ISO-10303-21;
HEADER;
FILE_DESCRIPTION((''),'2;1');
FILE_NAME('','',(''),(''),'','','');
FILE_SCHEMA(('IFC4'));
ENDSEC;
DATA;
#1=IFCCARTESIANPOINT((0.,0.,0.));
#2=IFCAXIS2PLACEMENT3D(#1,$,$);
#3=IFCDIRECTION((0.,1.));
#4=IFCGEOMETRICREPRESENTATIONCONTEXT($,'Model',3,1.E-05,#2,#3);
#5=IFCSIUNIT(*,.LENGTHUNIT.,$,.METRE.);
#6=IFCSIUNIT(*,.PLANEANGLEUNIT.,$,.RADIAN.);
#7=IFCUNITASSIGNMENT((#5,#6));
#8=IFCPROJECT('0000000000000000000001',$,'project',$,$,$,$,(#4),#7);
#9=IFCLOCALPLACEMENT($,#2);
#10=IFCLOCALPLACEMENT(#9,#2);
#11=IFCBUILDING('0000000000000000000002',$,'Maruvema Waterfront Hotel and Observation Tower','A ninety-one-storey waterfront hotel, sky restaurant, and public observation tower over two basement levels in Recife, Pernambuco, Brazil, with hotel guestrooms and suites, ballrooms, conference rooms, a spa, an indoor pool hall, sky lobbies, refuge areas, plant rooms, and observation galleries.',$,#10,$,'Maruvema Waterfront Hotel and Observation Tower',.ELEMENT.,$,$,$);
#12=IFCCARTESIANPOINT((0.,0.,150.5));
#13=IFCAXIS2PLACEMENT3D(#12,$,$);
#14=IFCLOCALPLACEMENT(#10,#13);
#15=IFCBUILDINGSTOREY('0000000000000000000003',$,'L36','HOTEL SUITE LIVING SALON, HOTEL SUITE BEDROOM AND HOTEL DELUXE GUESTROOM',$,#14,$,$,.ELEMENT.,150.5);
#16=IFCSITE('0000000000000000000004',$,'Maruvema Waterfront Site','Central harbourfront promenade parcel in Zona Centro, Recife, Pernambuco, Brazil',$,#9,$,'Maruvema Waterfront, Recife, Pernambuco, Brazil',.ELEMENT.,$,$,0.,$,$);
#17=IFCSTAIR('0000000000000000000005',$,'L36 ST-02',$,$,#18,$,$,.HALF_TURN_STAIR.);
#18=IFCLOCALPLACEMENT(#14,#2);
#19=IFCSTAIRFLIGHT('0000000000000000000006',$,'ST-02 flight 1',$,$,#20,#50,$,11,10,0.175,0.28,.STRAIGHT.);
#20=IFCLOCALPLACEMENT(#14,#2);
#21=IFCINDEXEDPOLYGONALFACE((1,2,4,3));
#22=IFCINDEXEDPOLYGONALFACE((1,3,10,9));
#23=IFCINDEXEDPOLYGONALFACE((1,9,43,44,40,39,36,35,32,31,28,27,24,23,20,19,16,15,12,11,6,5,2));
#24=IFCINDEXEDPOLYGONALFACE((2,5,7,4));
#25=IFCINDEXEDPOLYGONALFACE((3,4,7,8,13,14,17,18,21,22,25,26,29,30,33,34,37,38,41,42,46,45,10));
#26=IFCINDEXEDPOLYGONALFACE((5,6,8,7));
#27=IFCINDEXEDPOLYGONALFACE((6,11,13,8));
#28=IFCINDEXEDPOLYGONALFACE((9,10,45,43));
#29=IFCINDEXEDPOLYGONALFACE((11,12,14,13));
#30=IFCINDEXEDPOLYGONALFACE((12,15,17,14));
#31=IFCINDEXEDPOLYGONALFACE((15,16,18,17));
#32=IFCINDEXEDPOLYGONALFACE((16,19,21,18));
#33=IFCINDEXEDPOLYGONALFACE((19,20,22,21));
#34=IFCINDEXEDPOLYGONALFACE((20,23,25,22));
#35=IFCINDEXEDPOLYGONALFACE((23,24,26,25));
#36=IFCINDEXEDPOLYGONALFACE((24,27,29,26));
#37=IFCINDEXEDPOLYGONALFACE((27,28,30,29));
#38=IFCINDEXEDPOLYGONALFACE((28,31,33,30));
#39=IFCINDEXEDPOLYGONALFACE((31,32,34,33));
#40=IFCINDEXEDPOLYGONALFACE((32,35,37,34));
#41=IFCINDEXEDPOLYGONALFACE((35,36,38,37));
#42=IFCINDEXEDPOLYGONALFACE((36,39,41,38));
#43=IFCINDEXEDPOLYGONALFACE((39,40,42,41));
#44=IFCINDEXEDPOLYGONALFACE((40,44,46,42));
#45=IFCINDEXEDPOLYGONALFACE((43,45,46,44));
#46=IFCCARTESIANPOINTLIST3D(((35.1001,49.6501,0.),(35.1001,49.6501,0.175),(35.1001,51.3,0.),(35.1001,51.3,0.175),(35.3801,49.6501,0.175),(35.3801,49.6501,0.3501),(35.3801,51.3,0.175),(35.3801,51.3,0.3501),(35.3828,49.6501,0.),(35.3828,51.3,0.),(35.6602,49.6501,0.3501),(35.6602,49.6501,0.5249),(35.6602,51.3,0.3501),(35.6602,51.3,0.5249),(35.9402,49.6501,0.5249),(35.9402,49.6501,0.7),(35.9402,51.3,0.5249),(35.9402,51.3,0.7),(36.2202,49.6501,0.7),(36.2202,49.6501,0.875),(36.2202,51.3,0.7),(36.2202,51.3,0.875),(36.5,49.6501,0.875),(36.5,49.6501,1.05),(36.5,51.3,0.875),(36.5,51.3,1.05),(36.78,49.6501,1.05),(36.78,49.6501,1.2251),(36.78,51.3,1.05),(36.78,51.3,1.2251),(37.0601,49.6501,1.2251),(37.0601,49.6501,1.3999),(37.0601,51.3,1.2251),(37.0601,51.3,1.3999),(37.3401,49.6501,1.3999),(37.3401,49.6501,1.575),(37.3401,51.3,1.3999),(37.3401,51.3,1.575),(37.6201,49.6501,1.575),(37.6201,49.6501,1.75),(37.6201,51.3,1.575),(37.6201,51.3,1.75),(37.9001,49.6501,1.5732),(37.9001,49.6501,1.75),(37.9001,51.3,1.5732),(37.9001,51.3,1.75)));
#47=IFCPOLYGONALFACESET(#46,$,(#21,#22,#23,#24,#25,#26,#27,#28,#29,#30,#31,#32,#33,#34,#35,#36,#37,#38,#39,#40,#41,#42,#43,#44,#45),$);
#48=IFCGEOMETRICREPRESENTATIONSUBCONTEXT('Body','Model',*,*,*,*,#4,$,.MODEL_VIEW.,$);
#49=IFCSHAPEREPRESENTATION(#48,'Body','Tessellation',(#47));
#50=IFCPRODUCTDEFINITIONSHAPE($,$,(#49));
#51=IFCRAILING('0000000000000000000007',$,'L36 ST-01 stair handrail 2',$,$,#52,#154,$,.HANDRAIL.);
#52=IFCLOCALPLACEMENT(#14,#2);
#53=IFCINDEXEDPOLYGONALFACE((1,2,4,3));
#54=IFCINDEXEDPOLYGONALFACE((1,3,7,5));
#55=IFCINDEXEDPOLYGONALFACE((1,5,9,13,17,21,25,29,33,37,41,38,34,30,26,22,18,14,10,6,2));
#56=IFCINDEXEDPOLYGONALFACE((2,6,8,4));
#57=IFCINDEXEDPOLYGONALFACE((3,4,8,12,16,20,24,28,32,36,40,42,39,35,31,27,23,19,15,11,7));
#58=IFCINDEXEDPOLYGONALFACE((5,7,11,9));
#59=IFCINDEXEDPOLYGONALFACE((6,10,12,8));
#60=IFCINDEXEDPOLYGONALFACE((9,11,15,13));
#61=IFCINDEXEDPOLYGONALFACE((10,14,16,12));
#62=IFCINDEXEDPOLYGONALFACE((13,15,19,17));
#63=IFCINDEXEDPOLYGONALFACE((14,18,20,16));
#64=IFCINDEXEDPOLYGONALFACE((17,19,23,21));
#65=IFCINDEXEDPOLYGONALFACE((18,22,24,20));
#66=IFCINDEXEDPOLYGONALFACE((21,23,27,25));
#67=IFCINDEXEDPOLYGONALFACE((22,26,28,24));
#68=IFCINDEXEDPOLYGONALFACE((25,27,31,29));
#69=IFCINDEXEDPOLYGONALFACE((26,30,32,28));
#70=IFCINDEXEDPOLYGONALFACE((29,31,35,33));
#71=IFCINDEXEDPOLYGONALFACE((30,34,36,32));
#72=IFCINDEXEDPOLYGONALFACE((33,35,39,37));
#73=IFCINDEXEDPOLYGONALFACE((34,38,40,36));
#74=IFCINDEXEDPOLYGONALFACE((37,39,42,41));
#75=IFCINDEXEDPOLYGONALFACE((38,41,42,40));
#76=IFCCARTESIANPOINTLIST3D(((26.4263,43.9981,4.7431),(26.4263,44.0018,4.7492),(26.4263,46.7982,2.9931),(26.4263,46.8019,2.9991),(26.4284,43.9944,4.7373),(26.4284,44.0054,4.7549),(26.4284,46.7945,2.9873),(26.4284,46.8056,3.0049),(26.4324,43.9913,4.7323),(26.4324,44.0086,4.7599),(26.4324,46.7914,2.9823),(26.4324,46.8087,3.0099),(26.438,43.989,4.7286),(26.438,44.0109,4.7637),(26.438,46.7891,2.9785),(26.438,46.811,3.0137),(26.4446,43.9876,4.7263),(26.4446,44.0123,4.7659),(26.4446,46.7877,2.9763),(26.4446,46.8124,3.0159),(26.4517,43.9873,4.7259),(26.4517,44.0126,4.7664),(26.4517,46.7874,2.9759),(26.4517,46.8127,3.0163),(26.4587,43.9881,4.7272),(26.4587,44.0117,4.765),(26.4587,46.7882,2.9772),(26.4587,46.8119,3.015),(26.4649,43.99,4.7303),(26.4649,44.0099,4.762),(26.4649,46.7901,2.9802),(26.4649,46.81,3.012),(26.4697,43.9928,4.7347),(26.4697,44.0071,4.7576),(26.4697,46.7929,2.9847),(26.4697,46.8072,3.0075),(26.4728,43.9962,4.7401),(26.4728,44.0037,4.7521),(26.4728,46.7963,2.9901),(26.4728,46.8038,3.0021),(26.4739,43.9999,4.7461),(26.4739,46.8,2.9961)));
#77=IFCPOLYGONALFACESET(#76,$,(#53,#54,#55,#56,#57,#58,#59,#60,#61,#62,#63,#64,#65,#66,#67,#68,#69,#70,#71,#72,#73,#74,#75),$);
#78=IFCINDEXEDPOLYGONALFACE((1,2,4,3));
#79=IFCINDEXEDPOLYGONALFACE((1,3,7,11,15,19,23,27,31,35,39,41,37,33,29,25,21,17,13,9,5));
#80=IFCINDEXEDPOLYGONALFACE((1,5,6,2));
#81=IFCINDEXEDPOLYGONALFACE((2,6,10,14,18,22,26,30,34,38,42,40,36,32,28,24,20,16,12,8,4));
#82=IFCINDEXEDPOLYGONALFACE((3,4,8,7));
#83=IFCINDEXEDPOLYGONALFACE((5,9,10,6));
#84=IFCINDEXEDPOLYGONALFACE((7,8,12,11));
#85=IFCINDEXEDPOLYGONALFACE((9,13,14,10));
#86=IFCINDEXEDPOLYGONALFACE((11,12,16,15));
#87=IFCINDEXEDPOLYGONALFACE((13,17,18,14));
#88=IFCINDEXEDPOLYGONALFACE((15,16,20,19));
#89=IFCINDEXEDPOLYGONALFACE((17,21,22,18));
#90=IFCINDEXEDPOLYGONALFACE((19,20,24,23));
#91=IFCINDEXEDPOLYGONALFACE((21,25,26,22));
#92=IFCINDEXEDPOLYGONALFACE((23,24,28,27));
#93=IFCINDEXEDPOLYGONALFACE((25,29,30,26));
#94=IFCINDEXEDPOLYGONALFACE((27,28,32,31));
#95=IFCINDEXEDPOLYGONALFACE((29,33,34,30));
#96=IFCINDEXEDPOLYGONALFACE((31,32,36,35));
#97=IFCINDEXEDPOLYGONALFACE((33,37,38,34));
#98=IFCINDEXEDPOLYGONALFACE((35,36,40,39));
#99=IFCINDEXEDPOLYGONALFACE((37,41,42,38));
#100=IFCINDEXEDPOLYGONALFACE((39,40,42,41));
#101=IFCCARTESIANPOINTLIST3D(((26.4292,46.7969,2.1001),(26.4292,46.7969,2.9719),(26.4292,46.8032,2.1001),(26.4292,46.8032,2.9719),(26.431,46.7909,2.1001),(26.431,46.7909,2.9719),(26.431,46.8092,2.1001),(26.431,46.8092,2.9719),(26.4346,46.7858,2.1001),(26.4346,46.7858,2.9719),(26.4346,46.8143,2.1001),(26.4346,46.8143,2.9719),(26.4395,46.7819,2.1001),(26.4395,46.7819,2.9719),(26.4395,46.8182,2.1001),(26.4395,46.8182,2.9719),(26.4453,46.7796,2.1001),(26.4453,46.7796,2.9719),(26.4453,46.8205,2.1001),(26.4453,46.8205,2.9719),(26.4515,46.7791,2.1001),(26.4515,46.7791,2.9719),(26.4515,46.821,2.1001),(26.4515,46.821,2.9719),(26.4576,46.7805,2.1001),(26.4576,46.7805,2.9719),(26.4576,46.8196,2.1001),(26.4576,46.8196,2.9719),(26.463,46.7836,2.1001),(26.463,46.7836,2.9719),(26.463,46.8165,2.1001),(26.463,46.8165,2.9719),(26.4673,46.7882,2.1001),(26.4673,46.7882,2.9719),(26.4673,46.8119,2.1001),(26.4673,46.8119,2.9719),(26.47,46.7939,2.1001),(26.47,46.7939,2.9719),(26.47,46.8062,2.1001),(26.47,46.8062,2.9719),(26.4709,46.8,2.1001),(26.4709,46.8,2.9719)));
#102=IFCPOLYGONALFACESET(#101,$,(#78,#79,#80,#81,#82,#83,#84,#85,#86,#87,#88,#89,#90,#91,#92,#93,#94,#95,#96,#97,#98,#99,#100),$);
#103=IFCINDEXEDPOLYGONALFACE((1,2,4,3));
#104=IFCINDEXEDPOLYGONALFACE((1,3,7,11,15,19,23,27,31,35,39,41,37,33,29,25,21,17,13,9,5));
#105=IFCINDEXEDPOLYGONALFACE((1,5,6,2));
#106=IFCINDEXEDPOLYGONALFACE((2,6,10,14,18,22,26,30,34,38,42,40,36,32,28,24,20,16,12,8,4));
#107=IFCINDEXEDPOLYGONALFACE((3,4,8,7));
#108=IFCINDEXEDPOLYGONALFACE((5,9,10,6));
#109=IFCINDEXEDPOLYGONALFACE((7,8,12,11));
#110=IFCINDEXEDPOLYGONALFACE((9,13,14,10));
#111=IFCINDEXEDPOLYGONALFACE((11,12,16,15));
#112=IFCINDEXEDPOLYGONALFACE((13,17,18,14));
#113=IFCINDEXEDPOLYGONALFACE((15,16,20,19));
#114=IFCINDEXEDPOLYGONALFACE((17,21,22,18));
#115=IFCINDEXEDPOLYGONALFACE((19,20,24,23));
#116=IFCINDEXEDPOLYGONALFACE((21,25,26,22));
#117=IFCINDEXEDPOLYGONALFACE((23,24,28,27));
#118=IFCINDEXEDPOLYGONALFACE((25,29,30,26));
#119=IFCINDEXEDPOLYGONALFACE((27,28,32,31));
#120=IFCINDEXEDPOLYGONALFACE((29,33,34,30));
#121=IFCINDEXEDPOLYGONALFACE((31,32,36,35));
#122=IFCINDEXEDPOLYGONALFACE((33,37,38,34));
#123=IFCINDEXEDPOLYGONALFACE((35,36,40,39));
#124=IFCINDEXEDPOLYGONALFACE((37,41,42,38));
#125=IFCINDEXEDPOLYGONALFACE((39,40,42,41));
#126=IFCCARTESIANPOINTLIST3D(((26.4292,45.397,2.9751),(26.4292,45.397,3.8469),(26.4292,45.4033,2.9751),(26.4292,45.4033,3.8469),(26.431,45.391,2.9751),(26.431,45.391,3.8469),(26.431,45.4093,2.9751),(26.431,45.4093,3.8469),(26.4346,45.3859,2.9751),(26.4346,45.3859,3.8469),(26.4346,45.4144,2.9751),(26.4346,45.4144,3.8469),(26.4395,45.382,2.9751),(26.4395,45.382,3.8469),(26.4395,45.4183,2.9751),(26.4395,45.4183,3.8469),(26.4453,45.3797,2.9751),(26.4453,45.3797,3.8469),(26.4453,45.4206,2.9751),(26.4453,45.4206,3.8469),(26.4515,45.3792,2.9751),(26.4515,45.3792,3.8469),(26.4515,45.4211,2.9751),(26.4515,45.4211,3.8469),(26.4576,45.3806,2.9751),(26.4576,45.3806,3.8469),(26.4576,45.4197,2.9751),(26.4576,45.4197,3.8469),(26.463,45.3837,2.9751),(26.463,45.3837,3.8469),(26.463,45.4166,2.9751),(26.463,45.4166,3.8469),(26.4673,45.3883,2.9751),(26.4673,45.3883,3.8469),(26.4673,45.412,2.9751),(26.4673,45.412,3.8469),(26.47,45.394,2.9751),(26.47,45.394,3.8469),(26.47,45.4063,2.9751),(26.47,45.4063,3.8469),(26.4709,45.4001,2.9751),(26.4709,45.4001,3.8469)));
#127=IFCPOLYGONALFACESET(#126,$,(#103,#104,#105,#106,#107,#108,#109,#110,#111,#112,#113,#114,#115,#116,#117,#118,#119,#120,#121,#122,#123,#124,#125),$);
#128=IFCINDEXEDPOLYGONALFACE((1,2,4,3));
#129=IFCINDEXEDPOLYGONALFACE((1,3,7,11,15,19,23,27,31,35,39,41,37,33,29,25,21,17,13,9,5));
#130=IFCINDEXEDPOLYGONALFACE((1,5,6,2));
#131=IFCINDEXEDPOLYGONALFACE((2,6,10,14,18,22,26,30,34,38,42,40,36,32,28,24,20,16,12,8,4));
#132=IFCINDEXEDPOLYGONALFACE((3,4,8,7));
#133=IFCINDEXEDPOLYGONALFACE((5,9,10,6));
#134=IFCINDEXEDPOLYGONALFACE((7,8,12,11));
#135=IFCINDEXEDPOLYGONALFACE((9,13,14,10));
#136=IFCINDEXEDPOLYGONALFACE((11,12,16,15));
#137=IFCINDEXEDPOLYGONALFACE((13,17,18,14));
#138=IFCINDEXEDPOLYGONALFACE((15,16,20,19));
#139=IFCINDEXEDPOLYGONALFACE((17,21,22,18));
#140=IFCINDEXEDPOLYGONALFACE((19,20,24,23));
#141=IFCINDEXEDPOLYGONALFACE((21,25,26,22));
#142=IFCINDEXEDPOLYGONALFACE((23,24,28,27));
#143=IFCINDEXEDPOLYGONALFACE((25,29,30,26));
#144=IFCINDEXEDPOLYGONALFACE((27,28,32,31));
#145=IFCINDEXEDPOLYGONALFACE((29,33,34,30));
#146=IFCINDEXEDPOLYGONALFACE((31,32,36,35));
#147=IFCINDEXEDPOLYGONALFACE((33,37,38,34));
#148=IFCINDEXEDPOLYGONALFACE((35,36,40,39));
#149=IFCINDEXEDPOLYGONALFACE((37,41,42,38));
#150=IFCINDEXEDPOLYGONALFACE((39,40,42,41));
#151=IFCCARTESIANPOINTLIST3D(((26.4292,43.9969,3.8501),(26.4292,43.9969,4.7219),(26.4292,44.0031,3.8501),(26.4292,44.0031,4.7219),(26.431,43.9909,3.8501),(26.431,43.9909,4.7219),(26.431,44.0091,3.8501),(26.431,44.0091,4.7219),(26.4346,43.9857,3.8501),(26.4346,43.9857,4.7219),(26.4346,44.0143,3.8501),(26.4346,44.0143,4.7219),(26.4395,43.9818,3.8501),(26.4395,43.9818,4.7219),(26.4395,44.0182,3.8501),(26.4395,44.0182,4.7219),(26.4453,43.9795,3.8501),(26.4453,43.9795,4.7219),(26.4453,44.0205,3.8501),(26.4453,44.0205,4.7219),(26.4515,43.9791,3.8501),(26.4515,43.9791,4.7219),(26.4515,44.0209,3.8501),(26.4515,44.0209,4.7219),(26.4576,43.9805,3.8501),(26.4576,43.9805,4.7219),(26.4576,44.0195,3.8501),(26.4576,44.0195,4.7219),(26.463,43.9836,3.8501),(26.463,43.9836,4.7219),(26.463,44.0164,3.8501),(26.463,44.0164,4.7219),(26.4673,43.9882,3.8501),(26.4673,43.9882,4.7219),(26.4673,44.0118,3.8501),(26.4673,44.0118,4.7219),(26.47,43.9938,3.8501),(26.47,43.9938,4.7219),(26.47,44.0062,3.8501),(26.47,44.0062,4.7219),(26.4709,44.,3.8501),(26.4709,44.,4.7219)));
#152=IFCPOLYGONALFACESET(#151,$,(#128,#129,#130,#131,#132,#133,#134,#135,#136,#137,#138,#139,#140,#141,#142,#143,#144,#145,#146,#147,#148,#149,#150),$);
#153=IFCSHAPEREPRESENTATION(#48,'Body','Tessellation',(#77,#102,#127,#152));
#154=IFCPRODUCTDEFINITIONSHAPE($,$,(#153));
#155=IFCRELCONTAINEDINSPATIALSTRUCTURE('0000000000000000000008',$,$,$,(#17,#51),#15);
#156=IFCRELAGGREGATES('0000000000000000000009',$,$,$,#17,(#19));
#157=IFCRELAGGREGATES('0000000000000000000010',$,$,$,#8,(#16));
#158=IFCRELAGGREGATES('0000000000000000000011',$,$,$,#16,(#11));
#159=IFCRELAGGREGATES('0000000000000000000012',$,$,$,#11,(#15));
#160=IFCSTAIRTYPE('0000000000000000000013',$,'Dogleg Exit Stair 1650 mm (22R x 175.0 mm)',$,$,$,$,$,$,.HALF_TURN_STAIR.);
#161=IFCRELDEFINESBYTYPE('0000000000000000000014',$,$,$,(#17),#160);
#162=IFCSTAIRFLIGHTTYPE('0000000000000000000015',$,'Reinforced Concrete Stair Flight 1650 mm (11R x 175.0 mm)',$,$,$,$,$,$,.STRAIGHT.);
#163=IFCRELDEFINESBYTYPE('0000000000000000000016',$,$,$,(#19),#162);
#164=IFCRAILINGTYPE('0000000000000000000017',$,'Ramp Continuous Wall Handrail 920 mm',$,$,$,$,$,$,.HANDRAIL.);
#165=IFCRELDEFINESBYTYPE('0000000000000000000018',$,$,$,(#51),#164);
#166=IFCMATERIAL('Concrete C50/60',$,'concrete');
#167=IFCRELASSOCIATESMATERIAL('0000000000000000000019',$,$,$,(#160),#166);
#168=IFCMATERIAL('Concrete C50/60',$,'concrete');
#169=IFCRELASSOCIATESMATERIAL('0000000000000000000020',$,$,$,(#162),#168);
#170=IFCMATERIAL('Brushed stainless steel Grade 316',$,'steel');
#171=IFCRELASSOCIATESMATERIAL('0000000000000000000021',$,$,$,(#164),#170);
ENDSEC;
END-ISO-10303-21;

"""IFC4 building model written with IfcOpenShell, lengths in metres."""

from ifc_helpers import new_model, si_unit, direction, frame, origin, origin_2d, place, context, subcontext, project, spatial, polyline, circle, outline, extrude, material, type_object, element, aggregate, save


model = new_model("IFC4")

# Units and contexts
model_context = context("Model", 3, precision=1e-05, world=origin(), true_north=direction((0.0, 1.0)))
body_context = subcontext(model_context, "Body", "Model", "MODEL_VIEW")
ifc_project = project(units=[si_unit("LENGTHUNIT", "METRE"), si_unit("PLANEANGLEUNIT", "RADIAN")], contexts=[model_context])

# Site, building, storey
site_placement = place(None, origin())
site = spatial("IfcSite", under=ifc_project, at=site_placement, Name="Maruvema Waterfront Site", Description="Central harbourfront promenade parcel in Zona Centro, Recife, Pernambuco, Brazil", LongName="Maruvema Waterfront, Recife, Pernambuco, Brazil", CompositionType="ELEMENT", RefElevation=0.0)
building_placement = place(site_placement, origin())
building = spatial("IfcBuilding", under=site, at=building_placement, Name="Maruvema Waterfront Hotel and Observation Tower", Description="A ninety-one-storey waterfront hotel, sky restaurant, and public observation tower over two basement levels in Recife, Pernambuco, Brazil, with hotel guestrooms and suites, ballrooms, conference rooms, a spa, an indoor pool hall, sky lobbies, refuge areas, plant rooms, and observation galleries.", LongName="Maruvema Waterfront Hotel and Observation Tower", CompositionType="ELEMENT")
storey_placement = place(building_placement, frame((0.0, 0.0, 150.5)))
storey = spatial("IfcBuildingStorey", under=building, at=storey_placement, Name="L36", Description="HOTEL SUITE LIVING SALON, HOTEL SUITE BEDROOM AND HOTEL DELUXE GUESTROOM", CompositionType="ELEMENT", Elevation=150.5)

# Stair, stair flight
ifc_material_1 = material(Name="Concrete C50/60", Category="concrete")
stair_type = type_object("IfcStairType", Name="Dogleg Exit Stair 1650 mm (22R x 175.0 mm)", PredefinedType="HALF_TURN_STAIR", material=ifc_material_1)
ifc_material_2 = material(Name="Concrete C50/60", Category="concrete")
stair_flight_type = type_object("IfcStairFlightType", Name="Reinforced Concrete Stair Flight 1650 mm (11R x 175.0 mm)", PredefinedType="STRAIGHT", material=ifc_material_2)
stair_1_placement = place(storey_placement, origin())
stair_1 = element("IfcStair", 1, at=stair_1_placement, inside=storey, type_object=stair_type, Name="L36 ST-02", PredefinedType="HALF_TURN_STAIR")
stair_flight_1_placement = place(storey_placement, frame((35.1001, 50.4751, 0.0), z_axis=(0.0, 0.0, 1.0), x_axis=(1.0, 0.0, 0.0)))
stair_flight_1 = element("IfcStairFlight", 2, at=stair_flight_1_placement, type_object=stair_flight_type, Name="ST-02 flight 1", NumberOfRisers=11, NumberOfTreads=10, PredefinedType="STRAIGHT", RiserHeight=0.175, TreadLength=0.28, context=body_context, shape_type="SweptSolid", body=[
    extrude(outline(polyline([(0.0, 0.0), (0.0, 0.175), (0.28, 0.175), (0.28, 0.3501), (0.5601, 0.3501), (0.5601, 0.5249), (0.8401, 0.5249), (0.8401, 0.7), (1.1201, 0.7), (1.1201, 0.875), (1.3999, 0.875), (1.3999, 1.05), (1.6799, 1.05), (1.6799, 1.2251), (1.96, 1.2251), (1.96, 1.3999), (2.24, 1.3999), (2.24, 1.575), (2.52, 1.575), (2.52, 1.75), (2.8, 1.75), (2.8, 1.925), (2.8, 1.5732), (0.2827, 0.0), (0.0, 0.0)])), frame((0.0, 0.825, 0.0), z_axis=(0.0, -1.0, 0.0), x_axis=(1.0, 0.0, 0.0)), (0.0, 0.0, 1.0), 1.6499),
])
aggregate(stair_1, [stair_flight_1])

# Railing
ifc_material_3 = material(Name="Brushed stainless steel Grade 316", Category="steel")
railing_type_1 = type_object("IfcRailingType", Name="Ramp Continuous Wall Handrail 920 mm", PredefinedType="HANDRAIL", material=ifc_material_3)
railing_1_placement = place(storey_placement, frame((26.45, 46.8, 2.1001)))
element("IfcRailing", 3, at=railing_1_placement, inside=storey, type_object=railing_type_1, Name="L36 ST-01 stair handrail 2", PredefinedType="HANDRAIL", context=body_context, shape_type="SweptSolid", body=[
    extrude(circle(Radius=0.0239, at=origin_2d()), frame((0.0, 0.0, 0.896), z_axis=(0.0, -0.848002, 0.529992), x_axis=(1.0, 0.0, 0.0)), (0.0, 0.0, 1.0), 3.302),
    extrude(circle(Radius=0.021, at=origin_2d()), origin(), (0.0, 0.0, 1.0), 0.8718),
    extrude(circle(Radius=0.021, at=origin_2d()), frame((0.0, -1.3999, 0.875)), (0.0, 0.0, 1.0), 0.8718),
    extrude(circle(Radius=0.021, at=origin_2d()), frame((0.0, -2.8, 1.75)), (0.0, 0.0, 1.0), 0.8718),
])

save(model, "model.ifc")
